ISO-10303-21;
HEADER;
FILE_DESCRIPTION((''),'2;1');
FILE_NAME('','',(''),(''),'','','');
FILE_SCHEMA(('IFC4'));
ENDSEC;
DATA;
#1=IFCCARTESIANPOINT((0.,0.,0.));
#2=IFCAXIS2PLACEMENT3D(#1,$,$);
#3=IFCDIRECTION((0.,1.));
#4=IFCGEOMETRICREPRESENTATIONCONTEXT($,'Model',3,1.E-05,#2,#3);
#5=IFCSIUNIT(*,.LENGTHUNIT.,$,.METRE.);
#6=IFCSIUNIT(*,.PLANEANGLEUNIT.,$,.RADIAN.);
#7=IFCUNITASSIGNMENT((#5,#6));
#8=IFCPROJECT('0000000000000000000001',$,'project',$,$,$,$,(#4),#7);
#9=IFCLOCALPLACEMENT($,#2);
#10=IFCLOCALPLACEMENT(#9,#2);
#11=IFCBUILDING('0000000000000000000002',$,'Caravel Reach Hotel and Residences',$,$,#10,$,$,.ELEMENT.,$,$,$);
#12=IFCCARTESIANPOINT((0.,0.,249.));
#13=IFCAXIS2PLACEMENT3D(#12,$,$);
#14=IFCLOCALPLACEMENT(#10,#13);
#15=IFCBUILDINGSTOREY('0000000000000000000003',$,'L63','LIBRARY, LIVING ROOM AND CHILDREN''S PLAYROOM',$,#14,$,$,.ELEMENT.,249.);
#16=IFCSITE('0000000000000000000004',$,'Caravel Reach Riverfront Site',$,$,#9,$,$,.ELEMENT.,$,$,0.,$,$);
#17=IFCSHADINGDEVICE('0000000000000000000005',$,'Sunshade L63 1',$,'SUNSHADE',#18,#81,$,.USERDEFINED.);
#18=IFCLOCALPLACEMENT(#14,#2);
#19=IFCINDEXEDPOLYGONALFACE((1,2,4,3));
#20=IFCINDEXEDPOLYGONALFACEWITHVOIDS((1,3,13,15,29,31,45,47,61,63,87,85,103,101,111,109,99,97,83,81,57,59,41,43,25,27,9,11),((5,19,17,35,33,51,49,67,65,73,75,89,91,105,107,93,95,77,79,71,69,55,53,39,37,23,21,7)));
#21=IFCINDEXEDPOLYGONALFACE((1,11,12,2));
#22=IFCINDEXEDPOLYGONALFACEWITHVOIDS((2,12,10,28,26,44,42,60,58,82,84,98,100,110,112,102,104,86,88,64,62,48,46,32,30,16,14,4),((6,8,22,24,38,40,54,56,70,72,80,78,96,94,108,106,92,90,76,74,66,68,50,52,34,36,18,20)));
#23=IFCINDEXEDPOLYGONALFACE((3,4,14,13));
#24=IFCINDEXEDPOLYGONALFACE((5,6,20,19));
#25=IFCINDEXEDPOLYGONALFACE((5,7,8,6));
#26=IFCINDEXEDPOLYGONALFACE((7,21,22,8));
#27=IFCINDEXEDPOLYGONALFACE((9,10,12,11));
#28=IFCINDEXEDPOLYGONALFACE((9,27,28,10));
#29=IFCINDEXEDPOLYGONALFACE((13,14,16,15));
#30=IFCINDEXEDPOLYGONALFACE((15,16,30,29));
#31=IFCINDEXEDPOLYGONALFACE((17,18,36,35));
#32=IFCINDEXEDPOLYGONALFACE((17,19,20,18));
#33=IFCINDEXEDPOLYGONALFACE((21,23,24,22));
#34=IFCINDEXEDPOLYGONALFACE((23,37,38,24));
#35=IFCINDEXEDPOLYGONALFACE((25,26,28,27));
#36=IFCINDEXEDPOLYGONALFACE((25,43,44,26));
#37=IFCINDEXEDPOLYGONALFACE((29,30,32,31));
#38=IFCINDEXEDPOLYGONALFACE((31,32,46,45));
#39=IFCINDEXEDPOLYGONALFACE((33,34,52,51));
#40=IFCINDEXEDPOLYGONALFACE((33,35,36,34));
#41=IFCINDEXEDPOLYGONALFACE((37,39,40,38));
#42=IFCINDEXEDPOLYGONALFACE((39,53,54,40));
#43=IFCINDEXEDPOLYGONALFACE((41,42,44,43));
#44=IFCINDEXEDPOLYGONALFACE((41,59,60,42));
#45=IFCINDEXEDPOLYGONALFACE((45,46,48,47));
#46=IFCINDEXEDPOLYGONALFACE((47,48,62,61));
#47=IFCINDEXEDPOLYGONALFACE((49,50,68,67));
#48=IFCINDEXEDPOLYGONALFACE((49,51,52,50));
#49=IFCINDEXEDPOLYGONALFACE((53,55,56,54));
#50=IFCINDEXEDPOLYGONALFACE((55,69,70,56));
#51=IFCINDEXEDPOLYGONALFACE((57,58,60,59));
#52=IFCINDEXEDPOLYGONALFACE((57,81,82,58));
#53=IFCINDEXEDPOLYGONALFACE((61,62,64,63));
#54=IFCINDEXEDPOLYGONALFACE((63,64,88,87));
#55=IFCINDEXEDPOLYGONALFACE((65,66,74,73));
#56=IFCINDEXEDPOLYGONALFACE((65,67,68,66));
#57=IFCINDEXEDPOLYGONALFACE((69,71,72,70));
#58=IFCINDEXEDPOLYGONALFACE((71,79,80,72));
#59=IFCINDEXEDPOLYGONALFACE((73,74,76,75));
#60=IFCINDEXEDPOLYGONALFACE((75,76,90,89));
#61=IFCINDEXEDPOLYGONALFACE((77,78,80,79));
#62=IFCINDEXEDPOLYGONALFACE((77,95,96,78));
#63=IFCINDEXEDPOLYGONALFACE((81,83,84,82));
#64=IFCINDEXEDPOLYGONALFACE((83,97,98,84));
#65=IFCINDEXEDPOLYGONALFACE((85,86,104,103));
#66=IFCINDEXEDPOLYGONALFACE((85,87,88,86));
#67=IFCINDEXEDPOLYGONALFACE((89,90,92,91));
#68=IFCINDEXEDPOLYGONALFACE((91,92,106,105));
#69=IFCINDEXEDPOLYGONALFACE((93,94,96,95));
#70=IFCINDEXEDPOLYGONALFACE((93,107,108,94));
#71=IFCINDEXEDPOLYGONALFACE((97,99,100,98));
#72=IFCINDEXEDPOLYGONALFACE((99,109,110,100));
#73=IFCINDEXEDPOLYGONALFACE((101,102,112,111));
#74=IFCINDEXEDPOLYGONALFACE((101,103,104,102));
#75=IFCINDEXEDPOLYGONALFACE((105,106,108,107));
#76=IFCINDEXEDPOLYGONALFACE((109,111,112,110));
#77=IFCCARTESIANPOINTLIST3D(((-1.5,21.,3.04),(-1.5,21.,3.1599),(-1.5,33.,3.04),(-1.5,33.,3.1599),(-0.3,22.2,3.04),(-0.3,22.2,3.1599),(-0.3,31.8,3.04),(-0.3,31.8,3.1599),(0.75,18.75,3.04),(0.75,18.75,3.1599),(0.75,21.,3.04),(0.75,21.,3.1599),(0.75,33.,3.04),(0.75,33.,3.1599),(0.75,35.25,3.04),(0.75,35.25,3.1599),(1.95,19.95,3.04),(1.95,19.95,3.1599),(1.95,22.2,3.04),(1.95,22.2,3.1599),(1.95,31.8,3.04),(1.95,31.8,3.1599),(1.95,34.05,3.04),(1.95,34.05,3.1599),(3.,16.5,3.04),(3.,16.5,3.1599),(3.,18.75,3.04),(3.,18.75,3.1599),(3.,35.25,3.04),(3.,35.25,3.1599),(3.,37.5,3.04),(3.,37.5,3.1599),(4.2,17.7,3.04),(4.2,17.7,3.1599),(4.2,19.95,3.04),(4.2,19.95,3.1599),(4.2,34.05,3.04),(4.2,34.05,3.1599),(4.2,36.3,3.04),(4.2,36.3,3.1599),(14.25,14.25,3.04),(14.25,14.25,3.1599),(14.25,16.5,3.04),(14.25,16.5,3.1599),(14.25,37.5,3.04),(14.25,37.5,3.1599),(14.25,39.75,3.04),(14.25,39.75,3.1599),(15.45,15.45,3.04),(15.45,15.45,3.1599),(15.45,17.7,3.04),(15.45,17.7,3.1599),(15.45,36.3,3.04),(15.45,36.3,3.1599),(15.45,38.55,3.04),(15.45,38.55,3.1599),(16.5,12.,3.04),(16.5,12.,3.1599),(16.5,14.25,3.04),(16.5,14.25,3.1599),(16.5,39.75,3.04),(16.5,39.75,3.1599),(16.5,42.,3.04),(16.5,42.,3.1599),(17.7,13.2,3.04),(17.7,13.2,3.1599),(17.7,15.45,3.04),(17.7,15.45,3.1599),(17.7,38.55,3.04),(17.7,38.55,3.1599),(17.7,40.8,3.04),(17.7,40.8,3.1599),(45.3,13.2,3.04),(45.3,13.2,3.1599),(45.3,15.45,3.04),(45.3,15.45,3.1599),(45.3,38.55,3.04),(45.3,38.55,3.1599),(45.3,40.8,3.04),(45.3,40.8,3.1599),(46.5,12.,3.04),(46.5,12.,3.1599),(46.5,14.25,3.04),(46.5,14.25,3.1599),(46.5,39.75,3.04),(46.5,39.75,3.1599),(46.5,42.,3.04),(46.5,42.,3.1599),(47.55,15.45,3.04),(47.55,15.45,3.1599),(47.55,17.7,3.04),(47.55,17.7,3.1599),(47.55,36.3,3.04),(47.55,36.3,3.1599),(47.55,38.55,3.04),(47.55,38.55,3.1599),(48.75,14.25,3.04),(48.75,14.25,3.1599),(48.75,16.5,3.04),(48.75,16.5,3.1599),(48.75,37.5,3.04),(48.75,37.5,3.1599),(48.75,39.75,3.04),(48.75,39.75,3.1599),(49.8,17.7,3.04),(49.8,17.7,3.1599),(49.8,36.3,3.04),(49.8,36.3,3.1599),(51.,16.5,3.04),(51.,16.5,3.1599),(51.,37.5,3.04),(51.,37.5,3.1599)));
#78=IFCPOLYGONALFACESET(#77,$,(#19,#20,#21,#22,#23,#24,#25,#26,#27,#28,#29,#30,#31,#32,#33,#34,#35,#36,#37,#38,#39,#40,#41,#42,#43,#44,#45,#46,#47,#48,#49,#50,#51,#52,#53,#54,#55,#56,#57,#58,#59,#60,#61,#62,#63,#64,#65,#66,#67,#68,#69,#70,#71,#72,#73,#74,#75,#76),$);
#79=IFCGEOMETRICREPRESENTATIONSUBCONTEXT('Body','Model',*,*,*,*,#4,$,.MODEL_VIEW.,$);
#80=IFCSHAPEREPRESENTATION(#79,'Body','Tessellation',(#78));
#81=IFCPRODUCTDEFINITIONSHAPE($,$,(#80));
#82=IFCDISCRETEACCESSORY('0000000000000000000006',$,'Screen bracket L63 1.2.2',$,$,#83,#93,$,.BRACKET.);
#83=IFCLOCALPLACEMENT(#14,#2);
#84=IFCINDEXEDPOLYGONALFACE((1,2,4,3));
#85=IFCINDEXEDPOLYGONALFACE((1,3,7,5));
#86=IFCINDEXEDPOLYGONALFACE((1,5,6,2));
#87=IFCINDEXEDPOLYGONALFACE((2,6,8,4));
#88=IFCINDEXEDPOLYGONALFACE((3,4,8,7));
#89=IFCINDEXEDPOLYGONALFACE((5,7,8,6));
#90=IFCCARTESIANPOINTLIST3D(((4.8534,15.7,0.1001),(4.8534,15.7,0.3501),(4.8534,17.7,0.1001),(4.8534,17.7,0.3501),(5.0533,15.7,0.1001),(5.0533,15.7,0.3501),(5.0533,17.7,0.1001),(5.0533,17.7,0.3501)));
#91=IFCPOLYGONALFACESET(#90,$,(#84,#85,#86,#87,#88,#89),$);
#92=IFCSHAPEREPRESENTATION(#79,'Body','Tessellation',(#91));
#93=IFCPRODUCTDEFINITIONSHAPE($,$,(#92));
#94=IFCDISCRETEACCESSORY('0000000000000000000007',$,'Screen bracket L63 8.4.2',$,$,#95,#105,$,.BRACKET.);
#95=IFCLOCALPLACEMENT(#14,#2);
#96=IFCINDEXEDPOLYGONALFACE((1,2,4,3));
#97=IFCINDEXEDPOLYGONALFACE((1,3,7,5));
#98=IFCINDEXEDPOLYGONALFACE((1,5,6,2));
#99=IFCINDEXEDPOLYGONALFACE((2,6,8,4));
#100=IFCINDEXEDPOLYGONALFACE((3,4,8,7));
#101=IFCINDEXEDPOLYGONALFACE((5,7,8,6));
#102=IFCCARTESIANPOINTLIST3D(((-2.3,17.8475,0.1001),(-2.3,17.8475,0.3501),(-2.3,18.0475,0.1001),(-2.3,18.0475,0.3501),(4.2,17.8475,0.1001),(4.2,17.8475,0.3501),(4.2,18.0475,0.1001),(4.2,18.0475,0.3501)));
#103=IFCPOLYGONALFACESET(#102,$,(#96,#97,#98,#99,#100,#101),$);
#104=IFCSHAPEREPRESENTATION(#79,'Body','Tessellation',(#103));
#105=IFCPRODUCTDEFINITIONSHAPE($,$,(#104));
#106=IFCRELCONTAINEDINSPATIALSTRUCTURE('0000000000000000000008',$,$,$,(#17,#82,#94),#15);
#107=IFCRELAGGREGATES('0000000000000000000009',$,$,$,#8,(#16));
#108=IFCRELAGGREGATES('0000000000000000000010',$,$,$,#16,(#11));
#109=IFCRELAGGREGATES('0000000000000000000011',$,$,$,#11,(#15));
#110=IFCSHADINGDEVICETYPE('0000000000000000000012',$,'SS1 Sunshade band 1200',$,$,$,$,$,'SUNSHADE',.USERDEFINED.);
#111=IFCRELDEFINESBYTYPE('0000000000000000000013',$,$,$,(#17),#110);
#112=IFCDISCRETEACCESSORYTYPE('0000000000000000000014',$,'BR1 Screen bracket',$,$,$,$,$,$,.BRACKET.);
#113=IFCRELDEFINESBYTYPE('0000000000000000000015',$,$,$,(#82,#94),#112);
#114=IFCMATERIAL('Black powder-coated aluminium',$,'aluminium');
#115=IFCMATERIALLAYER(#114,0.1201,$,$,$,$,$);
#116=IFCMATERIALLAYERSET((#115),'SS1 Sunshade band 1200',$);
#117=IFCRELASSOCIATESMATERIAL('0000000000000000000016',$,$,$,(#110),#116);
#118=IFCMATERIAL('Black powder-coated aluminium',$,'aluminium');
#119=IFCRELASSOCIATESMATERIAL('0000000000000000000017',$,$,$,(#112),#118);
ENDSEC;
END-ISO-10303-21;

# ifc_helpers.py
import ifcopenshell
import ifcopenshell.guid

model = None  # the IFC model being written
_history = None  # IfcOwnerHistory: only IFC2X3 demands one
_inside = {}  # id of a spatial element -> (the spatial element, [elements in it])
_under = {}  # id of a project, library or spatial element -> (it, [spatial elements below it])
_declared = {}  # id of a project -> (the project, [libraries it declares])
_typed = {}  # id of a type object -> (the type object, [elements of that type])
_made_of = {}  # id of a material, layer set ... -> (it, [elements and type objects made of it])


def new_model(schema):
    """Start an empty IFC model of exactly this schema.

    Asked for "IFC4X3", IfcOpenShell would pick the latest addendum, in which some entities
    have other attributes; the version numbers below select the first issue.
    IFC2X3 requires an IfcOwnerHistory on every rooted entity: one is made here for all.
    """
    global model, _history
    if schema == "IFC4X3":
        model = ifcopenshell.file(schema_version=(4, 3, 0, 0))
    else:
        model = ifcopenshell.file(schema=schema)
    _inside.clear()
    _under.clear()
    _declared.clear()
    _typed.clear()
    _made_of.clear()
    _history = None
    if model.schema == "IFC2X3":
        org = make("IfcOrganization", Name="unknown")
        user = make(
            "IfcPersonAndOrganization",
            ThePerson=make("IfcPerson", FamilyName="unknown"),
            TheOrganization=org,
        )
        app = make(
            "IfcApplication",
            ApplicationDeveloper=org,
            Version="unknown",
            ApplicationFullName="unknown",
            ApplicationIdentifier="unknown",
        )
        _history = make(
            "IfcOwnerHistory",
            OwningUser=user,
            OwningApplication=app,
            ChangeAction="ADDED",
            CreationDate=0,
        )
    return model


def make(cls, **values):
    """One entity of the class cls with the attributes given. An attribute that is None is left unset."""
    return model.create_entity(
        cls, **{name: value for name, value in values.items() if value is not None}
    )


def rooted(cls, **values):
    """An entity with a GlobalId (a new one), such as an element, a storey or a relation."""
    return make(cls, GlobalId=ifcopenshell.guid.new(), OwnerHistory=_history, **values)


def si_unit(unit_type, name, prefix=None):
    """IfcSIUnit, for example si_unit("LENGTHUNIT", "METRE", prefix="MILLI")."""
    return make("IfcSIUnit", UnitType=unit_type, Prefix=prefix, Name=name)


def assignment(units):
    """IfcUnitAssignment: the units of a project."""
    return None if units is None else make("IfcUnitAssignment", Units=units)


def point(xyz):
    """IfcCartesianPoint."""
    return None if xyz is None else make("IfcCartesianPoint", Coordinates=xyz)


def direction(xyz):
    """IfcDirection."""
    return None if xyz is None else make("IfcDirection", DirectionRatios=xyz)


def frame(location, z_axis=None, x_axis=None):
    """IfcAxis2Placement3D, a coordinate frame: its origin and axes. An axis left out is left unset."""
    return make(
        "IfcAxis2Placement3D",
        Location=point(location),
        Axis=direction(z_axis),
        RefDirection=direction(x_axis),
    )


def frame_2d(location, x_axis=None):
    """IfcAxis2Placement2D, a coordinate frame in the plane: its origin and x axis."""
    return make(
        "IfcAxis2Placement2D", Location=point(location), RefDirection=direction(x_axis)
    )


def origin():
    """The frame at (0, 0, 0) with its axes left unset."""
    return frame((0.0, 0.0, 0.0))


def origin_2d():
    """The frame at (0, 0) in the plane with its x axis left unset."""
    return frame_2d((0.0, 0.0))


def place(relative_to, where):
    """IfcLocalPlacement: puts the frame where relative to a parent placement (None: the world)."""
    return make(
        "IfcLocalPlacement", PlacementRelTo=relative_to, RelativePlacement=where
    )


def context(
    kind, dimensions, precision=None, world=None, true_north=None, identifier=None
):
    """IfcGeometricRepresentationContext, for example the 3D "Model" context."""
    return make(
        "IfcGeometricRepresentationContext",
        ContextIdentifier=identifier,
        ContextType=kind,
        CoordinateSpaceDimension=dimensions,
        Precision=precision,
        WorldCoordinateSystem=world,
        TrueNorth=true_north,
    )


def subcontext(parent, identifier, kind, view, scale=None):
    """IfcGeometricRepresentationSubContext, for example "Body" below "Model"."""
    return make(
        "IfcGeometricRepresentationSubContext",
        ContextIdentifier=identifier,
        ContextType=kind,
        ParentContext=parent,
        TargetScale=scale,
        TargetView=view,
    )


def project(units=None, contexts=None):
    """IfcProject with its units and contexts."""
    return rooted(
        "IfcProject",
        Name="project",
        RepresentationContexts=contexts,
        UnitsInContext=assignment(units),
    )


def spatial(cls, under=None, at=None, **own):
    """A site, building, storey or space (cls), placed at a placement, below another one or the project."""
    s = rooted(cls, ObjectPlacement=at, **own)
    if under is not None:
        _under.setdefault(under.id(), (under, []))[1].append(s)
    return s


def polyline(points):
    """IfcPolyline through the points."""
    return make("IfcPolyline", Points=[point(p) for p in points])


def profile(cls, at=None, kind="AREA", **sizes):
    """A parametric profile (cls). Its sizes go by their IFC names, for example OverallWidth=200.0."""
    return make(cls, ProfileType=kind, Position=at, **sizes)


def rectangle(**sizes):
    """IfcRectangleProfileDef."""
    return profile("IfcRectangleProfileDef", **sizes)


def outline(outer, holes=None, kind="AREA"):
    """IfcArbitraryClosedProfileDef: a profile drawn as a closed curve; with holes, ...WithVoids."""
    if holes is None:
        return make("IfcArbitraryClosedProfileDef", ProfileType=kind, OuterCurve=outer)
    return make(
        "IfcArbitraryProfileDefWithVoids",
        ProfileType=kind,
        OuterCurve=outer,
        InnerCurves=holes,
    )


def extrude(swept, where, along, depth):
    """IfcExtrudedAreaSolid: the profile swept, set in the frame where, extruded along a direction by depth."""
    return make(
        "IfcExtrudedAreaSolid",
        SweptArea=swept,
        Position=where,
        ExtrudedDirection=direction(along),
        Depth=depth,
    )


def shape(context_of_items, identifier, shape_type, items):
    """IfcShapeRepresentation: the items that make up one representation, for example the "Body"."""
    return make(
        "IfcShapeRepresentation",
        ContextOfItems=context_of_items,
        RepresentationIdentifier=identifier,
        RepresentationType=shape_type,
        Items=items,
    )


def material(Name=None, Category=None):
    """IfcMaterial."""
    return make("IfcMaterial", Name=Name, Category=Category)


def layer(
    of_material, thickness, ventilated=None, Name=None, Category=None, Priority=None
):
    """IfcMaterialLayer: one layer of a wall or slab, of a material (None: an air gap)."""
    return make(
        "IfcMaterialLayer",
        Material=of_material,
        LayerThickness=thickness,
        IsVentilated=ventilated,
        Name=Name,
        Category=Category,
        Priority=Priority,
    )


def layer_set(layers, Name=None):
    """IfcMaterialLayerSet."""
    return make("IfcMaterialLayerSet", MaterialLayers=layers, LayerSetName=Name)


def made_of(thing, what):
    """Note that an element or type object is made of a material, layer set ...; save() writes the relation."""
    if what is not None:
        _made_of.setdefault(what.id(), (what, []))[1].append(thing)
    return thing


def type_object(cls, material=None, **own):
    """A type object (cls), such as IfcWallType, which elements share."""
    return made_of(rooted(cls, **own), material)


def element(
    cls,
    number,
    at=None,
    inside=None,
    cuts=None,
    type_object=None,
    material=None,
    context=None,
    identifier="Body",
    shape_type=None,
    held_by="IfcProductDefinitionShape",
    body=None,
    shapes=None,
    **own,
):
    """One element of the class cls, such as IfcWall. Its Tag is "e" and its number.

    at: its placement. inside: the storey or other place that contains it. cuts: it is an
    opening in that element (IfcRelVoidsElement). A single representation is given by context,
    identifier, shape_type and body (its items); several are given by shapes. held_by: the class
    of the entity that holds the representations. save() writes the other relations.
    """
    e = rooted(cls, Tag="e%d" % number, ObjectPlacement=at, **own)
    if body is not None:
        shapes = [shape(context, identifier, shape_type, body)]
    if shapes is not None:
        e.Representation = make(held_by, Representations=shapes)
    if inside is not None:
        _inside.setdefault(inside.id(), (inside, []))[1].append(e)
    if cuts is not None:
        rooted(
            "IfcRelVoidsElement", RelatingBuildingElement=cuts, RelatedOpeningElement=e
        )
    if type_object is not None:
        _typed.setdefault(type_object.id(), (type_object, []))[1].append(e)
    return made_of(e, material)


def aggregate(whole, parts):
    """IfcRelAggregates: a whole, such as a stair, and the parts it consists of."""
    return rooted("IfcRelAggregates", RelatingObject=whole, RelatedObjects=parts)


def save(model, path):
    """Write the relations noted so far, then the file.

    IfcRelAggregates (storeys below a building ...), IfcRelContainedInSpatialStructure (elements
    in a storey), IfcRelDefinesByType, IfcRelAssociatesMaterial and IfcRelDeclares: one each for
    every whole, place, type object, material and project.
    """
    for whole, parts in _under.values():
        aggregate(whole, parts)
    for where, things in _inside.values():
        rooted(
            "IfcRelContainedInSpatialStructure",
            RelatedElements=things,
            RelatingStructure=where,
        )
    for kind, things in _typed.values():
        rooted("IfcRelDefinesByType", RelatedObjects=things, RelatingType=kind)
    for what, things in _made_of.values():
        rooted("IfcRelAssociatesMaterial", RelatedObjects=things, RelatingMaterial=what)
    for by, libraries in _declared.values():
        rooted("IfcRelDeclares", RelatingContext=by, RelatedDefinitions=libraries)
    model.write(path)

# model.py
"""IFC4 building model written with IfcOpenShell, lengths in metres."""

from ifc_helpers import new_model, si_unit, direction, frame, origin, origin_2d, place, context, subcontext, project, spatial, polyline, rectangle, outline, extrude, material, layer, layer_set, type_object, element, save


model = new_model("IFC4")

# Units and contexts
model_context = context("Model", 3, precision=1e-05, world=origin(), true_north=direction((0.0, 1.0)))
body_context = subcontext(model_context, "Body", "Model", "MODEL_VIEW")
ifc_project = project(units=[si_unit("LENGTHUNIT", "METRE"), si_unit("PLANEANGLEUNIT", "RADIAN")], contexts=[model_context])

# Site, building, storey
site_placement = place(None, origin())
site = spatial("IfcSite", under=ifc_project, at=site_placement, Name="Caravel Reach Riverfront Site", CompositionType="ELEMENT", RefElevation=0.0)
building_placement = place(site_placement, origin())
building = spatial("IfcBuilding", under=site, at=building_placement, Name="Caravel Reach Hotel and Residences", CompositionType="ELEMENT")
storey_placement = place(building_placement, frame((0.0, 0.0, 249.0)))
storey = spatial("IfcBuildingStorey", under=building, at=storey_placement, Name="L63", Description="LIBRARY, LIVING ROOM AND CHILDREN'S PLAYROOM", CompositionType="ELEMENT", Elevation=249.0)

# Shading device
ifc_material_1 = material(Name="Black powder-coated aluminium", Category="aluminium")
ifc_layer_1 = layer(ifc_material_1, 0.1201)
ifc_layer_set_1 = layer_set([ifc_layer_1], Name="SS1 Sunshade band 1200")
shading_device_type = type_object("IfcShadingDeviceType", Name="SS1 Sunshade band 1200", ElementType="SUNSHADE", PredefinedType="USERDEFINED", material=ifc_layer_set_1)
shading_device_placement = place(storey_placement, frame((0.0, 0.0, 3.04)))
element("IfcShadingDevice", 1, at=shading_device_placement, inside=storey, type_object=shading_device_type, Name="Sunshade L63 1", ObjectType="SUNSHADE", PredefinedType="USERDEFINED", context=body_context, shape_type="SweptSolid", body=[
    extrude(outline(polyline([(3.0, 16.5), (14.25, 16.5), (14.25, 14.25), (16.5, 14.25), (16.5, 12.0), (46.5, 12.0), (46.5, 14.25), (48.75, 14.25), (48.75, 16.5), (51.0, 16.5), (51.0, 37.5), (48.75, 37.5), (48.75, 39.75), (46.5, 39.75), (46.5, 42.0), (16.5, 42.0), (16.5, 39.75), (14.25, 39.75), (14.25, 37.5), (3.0, 37.5), (3.0, 35.25), (0.75, 35.25), (0.75, 33.0), (-1.5, 33.0), (-1.5, 21.0), (0.75, 21.0), (0.75, 18.75), (3.0, 18.75), (3.0, 16.5)]), holes=[polyline([(15.45, 15.45), (15.45, 17.7), (4.2, 17.7), (4.2, 19.95), (1.95, 19.95), (1.95, 22.2), (-0.3, 22.2), (-0.3, 31.8), (1.95, 31.8), (1.95, 34.05), (4.2, 34.05), (4.2, 36.3), (15.45, 36.3), (15.45, 38.55), (17.7, 38.55), (17.7, 40.8), (45.3, 40.8), (45.3, 38.55), (47.55, 38.55), (47.55, 36.3), (49.8, 36.3), (49.8, 17.7), (47.55, 17.7), (47.55, 15.45), (45.3, 15.45), (45.3, 13.2), (17.7, 13.2), (17.7, 15.45), (15.45, 15.45)])]), origin(), (0.0, 0.0, 1.0), 0.1199),
])

# Discrete accessories
ifc_material_2 = material(Name="Black powder-coated aluminium", Category="aluminium")
discrete_accessory_type = type_object("IfcDiscreteAccessoryType", Name="BR1 Screen bracket", PredefinedType="BRACKET", material=ifc_material_2)
discrete_accessory_1_placement = place(storey_placement, frame((4.9534, 16.7, 0.1001), z_axis=(0.0, 0.0, 1.0), x_axis=(0.0, -1.0, 0.0)))
element("IfcDiscreteAccessory", 2, at=discrete_accessory_1_placement, inside=storey, type_object=discrete_accessory_type, Name="Screen bracket L63 1.2.2", PredefinedType="BRACKET", context=body_context, shape_type="SweptSolid", body=[
    extrude(rectangle(XDim=2.0, YDim=0.2, at=origin_2d()), origin(), (0.0, 0.0, 1.0), 0.25),
])
discrete_accessory_2_placement = place(storey_placement, frame((0.95, 17.9475, 0.1001), z_axis=(0.0, 0.0, 1.0), x_axis=(-1.0, 0.0, 0.0)))
element("IfcDiscreteAccessory", 3, at=discrete_accessory_2_placement, inside=storey, type_object=discrete_accessory_type, Name="Screen bracket L63 8.4.2", PredefinedType="BRACKET", context=body_context, shape_type="SweptSolid", body=[
    extrude(rectangle(XDim=6.5, YDim=0.2, at=origin_2d()), origin(), (0.0, 0.0, 1.0), 0.25),
])

save(model, "model.ifc")
